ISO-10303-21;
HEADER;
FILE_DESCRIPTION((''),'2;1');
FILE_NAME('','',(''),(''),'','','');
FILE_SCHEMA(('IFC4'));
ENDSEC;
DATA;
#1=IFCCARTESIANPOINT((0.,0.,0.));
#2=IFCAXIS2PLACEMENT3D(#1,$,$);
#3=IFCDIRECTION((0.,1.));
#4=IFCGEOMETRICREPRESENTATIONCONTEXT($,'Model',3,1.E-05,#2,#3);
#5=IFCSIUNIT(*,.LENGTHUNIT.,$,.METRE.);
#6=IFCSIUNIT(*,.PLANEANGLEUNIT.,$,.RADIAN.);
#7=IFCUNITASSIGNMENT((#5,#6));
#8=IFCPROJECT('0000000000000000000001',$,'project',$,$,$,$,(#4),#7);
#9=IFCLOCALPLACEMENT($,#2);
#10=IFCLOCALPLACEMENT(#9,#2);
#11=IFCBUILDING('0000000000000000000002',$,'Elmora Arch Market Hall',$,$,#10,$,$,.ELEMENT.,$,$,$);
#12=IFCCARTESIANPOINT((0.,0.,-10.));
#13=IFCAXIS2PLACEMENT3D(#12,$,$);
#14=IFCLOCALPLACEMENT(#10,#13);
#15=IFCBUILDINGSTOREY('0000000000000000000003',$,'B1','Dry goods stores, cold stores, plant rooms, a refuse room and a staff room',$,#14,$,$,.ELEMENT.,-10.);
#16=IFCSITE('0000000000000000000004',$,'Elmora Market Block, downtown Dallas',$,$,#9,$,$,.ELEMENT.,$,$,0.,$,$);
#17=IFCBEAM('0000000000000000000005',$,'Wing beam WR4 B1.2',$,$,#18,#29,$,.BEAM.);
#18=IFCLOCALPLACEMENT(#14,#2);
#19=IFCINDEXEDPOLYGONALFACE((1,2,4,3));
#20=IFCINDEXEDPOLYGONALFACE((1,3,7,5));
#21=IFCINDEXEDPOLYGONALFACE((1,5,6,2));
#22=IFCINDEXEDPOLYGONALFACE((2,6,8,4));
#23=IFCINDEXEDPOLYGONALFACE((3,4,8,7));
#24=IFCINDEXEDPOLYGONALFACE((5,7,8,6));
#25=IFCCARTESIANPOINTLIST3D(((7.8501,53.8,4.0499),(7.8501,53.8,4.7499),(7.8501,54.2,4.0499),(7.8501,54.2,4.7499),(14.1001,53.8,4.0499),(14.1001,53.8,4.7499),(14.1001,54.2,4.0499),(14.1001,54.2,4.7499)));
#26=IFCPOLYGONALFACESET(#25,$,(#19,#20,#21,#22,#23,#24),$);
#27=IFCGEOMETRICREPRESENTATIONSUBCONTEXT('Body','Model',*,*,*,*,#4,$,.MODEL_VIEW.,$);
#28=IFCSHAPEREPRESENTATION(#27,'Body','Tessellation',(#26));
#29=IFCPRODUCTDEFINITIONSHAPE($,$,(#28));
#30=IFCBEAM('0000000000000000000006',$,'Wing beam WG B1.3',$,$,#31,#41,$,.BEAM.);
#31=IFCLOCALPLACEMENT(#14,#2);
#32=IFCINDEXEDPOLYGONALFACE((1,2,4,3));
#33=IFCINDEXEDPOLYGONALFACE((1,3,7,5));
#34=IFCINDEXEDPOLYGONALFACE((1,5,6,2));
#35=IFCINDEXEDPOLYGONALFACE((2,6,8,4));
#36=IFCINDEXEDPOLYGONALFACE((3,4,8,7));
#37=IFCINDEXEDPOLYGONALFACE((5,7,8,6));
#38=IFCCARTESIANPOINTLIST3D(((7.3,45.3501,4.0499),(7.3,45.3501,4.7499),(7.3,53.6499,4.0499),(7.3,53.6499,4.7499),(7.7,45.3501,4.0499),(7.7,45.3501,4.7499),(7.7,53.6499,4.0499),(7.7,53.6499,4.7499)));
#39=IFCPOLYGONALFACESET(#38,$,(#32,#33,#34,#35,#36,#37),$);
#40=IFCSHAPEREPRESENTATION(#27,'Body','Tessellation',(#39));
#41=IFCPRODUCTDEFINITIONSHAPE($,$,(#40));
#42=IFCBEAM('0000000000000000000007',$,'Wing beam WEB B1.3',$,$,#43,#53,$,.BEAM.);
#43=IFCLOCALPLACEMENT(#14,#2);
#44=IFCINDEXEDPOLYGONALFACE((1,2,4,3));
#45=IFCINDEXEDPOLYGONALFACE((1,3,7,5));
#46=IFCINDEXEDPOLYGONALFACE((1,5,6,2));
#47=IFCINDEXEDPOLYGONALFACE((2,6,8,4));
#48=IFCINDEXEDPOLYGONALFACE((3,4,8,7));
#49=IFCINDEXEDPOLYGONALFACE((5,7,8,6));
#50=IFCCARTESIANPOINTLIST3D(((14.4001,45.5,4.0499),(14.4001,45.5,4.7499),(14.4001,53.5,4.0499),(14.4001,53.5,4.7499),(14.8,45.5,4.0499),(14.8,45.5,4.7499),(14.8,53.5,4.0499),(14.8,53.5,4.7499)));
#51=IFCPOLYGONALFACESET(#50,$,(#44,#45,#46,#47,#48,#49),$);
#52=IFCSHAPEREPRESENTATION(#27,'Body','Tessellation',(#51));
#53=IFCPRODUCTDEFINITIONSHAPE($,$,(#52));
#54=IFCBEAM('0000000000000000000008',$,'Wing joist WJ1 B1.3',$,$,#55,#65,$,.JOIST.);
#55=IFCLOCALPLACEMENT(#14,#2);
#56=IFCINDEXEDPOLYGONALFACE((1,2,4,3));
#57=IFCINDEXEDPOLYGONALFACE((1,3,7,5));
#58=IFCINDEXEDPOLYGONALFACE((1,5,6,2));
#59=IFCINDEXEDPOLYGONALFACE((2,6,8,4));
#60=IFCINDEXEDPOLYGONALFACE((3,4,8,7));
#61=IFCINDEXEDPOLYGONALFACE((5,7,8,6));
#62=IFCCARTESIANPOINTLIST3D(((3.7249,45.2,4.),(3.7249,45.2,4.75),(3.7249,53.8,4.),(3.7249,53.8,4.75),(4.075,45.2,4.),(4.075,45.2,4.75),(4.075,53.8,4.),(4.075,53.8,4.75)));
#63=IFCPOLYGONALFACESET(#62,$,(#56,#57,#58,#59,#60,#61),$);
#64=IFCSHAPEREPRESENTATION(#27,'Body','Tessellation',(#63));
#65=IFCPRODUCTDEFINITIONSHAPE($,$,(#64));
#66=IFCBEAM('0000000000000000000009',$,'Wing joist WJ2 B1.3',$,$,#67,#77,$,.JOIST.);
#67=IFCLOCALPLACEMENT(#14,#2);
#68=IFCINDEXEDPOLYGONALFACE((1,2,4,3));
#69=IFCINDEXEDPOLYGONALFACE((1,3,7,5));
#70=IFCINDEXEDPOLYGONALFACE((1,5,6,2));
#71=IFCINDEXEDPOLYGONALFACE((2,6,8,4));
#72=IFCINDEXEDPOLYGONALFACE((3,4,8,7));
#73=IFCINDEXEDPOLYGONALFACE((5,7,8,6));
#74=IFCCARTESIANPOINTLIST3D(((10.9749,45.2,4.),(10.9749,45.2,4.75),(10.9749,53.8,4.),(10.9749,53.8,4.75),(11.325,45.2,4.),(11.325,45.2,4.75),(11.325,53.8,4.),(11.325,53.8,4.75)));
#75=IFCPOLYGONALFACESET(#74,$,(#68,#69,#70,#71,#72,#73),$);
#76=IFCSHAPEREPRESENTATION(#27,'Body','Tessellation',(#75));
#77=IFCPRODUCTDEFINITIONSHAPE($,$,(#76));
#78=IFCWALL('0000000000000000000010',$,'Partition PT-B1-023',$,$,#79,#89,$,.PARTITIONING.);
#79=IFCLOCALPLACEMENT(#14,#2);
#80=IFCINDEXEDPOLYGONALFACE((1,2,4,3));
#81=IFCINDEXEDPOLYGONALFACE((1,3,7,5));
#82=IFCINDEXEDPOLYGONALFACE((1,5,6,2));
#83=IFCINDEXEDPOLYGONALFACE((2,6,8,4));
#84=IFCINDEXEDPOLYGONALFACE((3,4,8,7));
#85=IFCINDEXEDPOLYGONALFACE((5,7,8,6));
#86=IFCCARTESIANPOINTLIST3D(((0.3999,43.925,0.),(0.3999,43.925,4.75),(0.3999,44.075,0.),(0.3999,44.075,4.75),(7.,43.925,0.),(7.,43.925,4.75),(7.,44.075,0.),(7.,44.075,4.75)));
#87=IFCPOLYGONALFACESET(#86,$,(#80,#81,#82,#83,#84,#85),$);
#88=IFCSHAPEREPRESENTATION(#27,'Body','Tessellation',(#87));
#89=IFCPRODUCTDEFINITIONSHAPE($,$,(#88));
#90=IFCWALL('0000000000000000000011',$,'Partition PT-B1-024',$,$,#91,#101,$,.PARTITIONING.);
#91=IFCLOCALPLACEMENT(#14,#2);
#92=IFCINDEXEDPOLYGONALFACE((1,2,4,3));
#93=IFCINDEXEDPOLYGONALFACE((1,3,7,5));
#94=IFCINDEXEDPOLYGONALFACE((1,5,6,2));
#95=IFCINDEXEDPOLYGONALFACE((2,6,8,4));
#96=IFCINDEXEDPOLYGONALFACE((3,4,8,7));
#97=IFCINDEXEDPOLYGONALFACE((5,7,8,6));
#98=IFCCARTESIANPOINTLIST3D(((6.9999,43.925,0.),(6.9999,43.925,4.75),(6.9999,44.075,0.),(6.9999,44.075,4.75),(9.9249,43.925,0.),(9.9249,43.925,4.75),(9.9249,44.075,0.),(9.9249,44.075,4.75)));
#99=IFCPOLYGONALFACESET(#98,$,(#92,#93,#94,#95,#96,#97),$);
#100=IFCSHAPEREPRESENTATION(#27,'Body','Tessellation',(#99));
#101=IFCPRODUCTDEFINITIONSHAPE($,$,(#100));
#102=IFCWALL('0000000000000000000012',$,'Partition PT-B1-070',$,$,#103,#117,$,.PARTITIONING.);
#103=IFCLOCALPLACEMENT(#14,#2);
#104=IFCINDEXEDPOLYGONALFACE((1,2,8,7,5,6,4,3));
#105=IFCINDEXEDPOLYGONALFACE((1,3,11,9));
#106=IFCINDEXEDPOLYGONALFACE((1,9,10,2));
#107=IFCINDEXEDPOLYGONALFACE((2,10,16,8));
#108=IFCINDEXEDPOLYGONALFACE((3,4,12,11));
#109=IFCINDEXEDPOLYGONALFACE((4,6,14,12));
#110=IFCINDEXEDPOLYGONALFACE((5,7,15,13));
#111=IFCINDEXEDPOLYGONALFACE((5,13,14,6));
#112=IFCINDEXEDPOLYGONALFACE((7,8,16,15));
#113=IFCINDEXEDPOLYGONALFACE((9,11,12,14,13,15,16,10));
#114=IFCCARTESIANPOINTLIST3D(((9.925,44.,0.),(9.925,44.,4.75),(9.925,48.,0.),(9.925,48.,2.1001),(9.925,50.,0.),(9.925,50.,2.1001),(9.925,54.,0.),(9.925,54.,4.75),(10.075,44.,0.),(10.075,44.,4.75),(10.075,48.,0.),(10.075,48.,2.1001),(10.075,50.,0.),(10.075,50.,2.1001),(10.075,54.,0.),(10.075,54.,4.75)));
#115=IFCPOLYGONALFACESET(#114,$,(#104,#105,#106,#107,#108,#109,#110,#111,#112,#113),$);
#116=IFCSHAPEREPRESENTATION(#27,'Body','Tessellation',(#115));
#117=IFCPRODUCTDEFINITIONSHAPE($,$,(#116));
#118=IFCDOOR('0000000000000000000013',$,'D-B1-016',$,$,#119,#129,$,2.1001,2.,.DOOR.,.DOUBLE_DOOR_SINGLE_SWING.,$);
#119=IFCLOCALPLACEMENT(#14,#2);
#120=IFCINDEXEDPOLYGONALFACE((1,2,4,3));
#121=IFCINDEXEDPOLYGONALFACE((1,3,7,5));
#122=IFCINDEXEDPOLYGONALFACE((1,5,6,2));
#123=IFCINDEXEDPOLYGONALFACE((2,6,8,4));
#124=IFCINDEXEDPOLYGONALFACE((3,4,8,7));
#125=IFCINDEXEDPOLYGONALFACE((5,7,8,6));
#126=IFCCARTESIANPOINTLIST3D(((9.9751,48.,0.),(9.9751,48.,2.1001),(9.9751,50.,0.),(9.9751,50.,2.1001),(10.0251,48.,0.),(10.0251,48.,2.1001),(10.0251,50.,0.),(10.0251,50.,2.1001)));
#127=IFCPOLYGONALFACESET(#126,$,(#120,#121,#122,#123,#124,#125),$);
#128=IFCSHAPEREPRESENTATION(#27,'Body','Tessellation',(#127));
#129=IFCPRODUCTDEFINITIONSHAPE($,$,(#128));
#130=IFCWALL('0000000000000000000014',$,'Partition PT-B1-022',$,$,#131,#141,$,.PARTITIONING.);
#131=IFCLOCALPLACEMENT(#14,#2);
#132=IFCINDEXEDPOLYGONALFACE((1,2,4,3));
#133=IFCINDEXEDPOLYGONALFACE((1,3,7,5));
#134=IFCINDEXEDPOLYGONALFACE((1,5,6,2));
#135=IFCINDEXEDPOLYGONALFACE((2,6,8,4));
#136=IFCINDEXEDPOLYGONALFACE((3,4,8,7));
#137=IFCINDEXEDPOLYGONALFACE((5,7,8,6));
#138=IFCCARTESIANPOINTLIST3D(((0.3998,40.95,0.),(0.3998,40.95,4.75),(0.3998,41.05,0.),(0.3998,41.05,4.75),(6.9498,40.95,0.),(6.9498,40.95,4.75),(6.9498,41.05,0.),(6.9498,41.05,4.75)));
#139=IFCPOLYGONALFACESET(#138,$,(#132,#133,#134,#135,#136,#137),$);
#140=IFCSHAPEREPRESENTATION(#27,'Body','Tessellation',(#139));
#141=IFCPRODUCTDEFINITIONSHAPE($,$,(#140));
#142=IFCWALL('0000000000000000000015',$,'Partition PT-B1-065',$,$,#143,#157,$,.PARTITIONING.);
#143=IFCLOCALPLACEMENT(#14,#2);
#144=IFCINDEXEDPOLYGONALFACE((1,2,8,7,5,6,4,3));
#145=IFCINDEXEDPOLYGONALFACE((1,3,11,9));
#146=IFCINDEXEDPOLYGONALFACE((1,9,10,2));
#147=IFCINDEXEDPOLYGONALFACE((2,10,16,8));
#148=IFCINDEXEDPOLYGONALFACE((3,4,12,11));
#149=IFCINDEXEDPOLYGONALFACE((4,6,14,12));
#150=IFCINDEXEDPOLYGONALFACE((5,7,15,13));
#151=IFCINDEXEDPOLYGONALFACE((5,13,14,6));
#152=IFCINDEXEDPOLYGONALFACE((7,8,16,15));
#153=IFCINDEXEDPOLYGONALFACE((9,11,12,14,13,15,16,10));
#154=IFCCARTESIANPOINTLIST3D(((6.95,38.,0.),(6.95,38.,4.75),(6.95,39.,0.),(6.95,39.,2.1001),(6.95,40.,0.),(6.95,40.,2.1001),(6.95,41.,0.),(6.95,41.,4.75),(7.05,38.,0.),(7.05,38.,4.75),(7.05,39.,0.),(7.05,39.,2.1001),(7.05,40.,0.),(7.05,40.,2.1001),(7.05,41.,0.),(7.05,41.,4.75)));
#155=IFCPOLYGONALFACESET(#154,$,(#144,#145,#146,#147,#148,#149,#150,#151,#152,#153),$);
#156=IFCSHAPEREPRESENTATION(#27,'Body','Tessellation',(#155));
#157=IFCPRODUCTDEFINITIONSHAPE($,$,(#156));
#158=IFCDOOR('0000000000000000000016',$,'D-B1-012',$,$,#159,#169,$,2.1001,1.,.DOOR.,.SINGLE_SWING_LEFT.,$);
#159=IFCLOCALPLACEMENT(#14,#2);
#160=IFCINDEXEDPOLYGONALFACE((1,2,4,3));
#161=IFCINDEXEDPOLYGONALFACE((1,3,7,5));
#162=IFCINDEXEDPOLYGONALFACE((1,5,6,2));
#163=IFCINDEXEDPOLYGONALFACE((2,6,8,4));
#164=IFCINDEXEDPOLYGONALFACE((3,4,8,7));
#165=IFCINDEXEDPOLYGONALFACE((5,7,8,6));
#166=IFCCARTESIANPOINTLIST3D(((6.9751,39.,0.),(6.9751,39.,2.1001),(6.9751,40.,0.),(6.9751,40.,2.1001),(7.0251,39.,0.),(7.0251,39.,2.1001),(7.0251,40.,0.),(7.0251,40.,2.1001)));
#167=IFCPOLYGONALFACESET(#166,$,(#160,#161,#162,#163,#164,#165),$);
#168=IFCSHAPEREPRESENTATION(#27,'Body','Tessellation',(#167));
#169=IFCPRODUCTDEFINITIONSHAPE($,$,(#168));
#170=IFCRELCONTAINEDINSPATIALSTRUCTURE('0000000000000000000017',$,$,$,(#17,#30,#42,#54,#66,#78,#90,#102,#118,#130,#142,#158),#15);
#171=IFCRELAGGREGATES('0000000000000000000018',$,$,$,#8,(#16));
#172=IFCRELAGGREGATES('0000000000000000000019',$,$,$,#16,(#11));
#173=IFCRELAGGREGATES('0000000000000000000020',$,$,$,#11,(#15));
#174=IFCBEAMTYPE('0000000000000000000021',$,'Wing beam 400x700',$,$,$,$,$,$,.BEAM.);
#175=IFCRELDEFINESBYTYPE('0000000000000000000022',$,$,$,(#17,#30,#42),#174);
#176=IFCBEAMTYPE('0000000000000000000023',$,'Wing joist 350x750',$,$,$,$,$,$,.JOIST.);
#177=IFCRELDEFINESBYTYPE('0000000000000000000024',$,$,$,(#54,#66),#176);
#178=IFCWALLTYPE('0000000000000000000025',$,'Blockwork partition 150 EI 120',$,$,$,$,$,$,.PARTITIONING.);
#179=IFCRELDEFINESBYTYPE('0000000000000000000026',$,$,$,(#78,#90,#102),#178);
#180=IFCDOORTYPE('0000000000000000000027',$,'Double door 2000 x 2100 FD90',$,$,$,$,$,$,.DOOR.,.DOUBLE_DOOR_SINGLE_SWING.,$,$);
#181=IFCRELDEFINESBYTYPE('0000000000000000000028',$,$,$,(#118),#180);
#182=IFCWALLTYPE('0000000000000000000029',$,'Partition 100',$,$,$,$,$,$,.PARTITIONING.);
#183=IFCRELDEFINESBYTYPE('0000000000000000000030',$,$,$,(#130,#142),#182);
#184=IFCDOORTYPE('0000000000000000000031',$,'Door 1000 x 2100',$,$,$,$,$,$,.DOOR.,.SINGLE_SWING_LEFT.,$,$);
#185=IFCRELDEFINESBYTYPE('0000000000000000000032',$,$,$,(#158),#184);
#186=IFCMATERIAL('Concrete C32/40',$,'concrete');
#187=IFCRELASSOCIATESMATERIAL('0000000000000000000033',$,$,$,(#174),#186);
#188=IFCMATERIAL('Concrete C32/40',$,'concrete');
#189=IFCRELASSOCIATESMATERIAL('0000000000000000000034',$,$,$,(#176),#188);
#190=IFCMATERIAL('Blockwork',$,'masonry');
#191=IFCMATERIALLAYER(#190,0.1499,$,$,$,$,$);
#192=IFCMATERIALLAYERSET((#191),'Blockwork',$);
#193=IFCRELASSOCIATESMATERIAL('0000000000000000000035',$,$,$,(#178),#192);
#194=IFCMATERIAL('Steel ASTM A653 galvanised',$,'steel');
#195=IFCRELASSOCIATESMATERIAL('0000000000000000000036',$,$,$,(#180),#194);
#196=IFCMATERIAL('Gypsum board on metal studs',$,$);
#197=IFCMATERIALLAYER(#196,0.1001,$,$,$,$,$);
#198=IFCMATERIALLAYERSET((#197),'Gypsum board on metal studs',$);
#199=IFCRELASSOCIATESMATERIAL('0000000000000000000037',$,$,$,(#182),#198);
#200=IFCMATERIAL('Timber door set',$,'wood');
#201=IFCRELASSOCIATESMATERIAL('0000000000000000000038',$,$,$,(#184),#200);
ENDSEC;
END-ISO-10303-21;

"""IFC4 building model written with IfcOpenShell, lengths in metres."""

from ifc_helpers import new_model, si_unit, direction, frame, frame_2d, origin, origin_2d, place, context, subcontext, project, spatial, rectangle, extrude, material, layer, layer_set, material_profile, profile_set, type_object, element, fill, save


model = new_model("IFC4")

# Units and contexts
model_context = context("Model", 3, precision=1e-05, world=origin(), true_north=direction((0.0, 1.0)))
body_context = subcontext(model_context, "Body", "Model", "MODEL_VIEW")
ifc_project = project(units=[si_unit("LENGTHUNIT", "METRE"), si_unit("PLANEANGLEUNIT", "RADIAN")], contexts=[model_context])

# Site, building, storey
site_placement = place(None, origin())
site = spatial("IfcSite", under=ifc_project, at=site_placement, Name="Elmora Market Block, downtown Dallas", CompositionType="ELEMENT", RefElevation=0.0)
building_placement = place(site_placement, origin())
building = spatial("IfcBuilding", under=site, at=building_placement, Name="Elmora Arch Market Hall", CompositionType="ELEMENT")
storey_placement = place(building_placement, frame((0.0, 0.0, -10.0)))
storey = spatial("IfcBuildingStorey", under=building, at=storey_placement, Name="B1", Description="Dry goods stores, cold stores, plant rooms, a refuse room and a staff room", CompositionType="ELEMENT", Elevation=-10.0)

# Beams
ifc_material_1 = material(Name="Concrete C32/40", Category="concrete")
ifc_material_profile_1 = material_profile(ifc_material_1, rectangle(XDim=0.3999, YDim=0.7, at=origin_2d()), Name="Wing beam 400x700")
ifc_profile_set_1 = profile_set([ifc_material_profile_1], Name="Concrete C32/40")
beam_type_1 = type_object("IfcBeamType", Name="Wing beam 400x700", PredefinedType="BEAM", material=ifc_profile_set_1)
beam_1_placement = place(storey_placement, frame((7.8501, 54.0, 4.3999), z_axis=(1.0, 0.0, 0.0), x_axis=(0.0, 1.0, 0.0)))
element("IfcBeam", 1, at=beam_1_placement, inside=storey, type_object=beam_type_1, Name="Wing beam WR4 B1.2", PredefinedType="BEAM", context=body_context, shape_type="SweptSolid", body=[
    extrude(rectangle(XDim=0.3999, YDim=0.7, at=origin_2d()), origin(), (0.0, 0.0, 1.0), 6.25),
])
beam_2_placement = place(storey_placement, frame((7.5, 45.3501, 4.3999), z_axis=(0.0, 1.0, 0.0), x_axis=(-1.0, 0.0, 0.0)))
element("IfcBeam", 2, at=beam_2_placement, inside=storey, type_object=beam_type_1, Name="Wing beam WG B1.3", PredefinedType="BEAM", context=body_context, shape_type="SweptSolid", body=[
    extrude(rectangle(XDim=0.3999, YDim=0.7, at=origin_2d()), origin(), (0.0, 0.0, 1.0), 8.2998),
])
beam_3_placement = place(storey_placement, frame((14.6001, 45.5, 4.3999), z_axis=(0.0, 1.0, 0.0), x_axis=(-1.0, 0.0, 0.0)))
element("IfcBeam", 3, at=beam_3_placement, inside=storey, type_object=beam_type_1, Name="Wing beam WEB B1.3", PredefinedType="BEAM", context=body_context, shape_type="SweptSolid", body=[
    extrude(rectangle(XDim=0.3999, YDim=0.7, at=origin_2d()), origin(), (0.0, 0.0, 1.0), 8.0),
])
ifc_material_2 = material(Name="Concrete C32/40", Category="concrete")
ifc_material_profile_2 = material_profile(ifc_material_2, rectangle(XDim=0.3501, YDim=0.75, at=origin_2d()), Name="Wing joist 350x750")
ifc_profile_set_2 = profile_set([ifc_material_profile_2], Name="Concrete C32/40")
beam_type_2 = type_object("IfcBeamType", Name="Wing joist 350x750", PredefinedType="JOIST", material=ifc_profile_set_2)
for number, where, z_axis, x_axis, name in (
    (4, (3.8999, 45.2, 4.375), (0.0, 1.0, 0.0), (-1.0, 0.0, 0.0), "Wing joist WJ1 B1.3"),
    (5, (11.1499, 45.2, 4.375), (0.0, 1.0, 0.0), (-1.0, 0.0, 0.0), "Wing joist WJ2 B1.3"),
):
    element("IfcBeam", number, at=place(storey_placement, frame(where, z_axis=z_axis, x_axis=x_axis)), inside=storey, type_object=beam_type_2, Name=name, PredefinedType="JOIST", context=body_context, shape_type="SweptSolid", body=[
        extrude(rectangle(XDim=0.3501, YDim=0.75, at=origin_2d()), origin(), (0.0, 0.0, 1.0), 8.6001),
    ])

# Walls
ifc_material_3 = material(Name="Blockwork", Category="masonry")
ifc_layer_1 = layer(ifc_material_3, 0.1499)
ifc_layer_set_1 = layer_set([ifc_layer_1], Name="Blockwork")
wall_type_1 = type_object("IfcWallType", Name="Blockwork partition 150 EI 120", PredefinedType="PARTITIONING", material=ifc_layer_set_1)
wall_1_placement = place(storey_placement, frame((0.3999, 44.0, 0.0), z_axis=(0.0, 0.0, 1.0), x_axis=(1.0, 0.0, 0.0)))
element("IfcWall", 6, at=wall_1_placement, inside=storey, type_object=wall_type_1, Name="Partition PT-B1-023", PredefinedType="PARTITIONING", context=body_context, shape_type="SweptSolid", body=[
    extrude(rectangle(XDim=6.6001, YDim=0.1499, at=frame_2d((3.3, 0.0))), origin(), (0.0, 0.0, 1.0), 4.75),
])
wall_2_placement = place(storey_placement, frame((7.0, 44.0, 0.0), z_axis=(0.0, 0.0, 1.0), x_axis=(1.0, 0.0, 0.0)))
element("IfcWall", 7, at=wall_2_placement, inside=storey, type_object=wall_type_1, Name="Partition PT-B1-024", PredefinedType="PARTITIONING", context=body_context, shape_type="SweptSolid", body=[
    extrude(rectangle(XDim=2.925, YDim=0.1499, at=frame_2d((1.4624, 0.0))), origin(), (0.0, 0.0, 1.0), 4.75),
])

# Wall, opening, door
wall_3_placement = place(storey_placement, frame((10.0, 44.0, 0.0), z_axis=(0.0, 0.0, 1.0), x_axis=(0.0, 1.0, 0.0)))
wall_3 = element("IfcWall", 8, at=wall_3_placement, inside=storey, type_object=wall_type_1, Name="Partition PT-B1-070", PredefinedType="PARTITIONING", context=body_context, shape_type="SweptSolid", body=[
    extrude(rectangle(XDim=10.0, YDim=0.1499, at=frame_2d((5.0, 0.0))), origin(), (0.0, 0.0, 1.0), 4.75),
])
opening_1_placement = place(wall_3_placement, frame((4.0, 0.0, 0.0)))
opening_1 = element("IfcOpeningElement", 9, at=opening_1_placement, cuts=wall_3, PredefinedType="OPENING", context=body_context, shape_type="SweptSolid", body=[
    extrude(rectangle(XDim=2.0, YDim=2.1001, at=frame_2d((1.0, 1.05))), frame((0.0, 0.085, 0.0), z_axis=(0.0, -1.0, 0.0), x_axis=(1.0, 0.0, 0.0)), (0.0, 0.0, 1.0), 0.1699),
])
ifc_material_4 = material(Name="Steel ASTM A653 galvanised", Category="steel")
door_type_1 = type_object("IfcDoorType", Name="Double door 2000 x 2100 FD90", OperationType="DOUBLE_DOOR_SINGLE_SWING", PredefinedType="DOOR", material=ifc_material_4)
door_1_placement = place(opening_1_placement, origin())
door_1 = element("IfcDoor", 10, at=door_1_placement, inside=storey, type_object=door_type_1, Name="D-B1-016", OperationType="DOUBLE_DOOR_SINGLE_SWING", OverallHeight=2.1001, OverallWidth=2.0, PredefinedType="DOOR", context=body_context, shape_type="SweptSolid", body=[
    extrude(rectangle(XDim=2.0, YDim=2.1001, at=frame_2d((1.0, 1.05))), frame((0.0, 0.0249, 0.0), z_axis=(0.0, -1.0, 0.0), x_axis=(1.0, 0.0, 0.0)), (0.0, 0.0, 1.0), 0.05),
])
fill(opening_1, door_1)

# Wall
ifc_material_5 = material(Name="Gypsum board on metal studs")
ifc_layer_2 = layer(ifc_material_5, 0.1001)
ifc_layer_set_2 = layer_set([ifc_layer_2], Name="Gypsum board on metal studs")
wall_type_2 = type_object("IfcWallType", Name="Partition 100", PredefinedType="PARTITIONING", material=ifc_layer_set_2)
wall_4_placement = place(storey_placement, frame((0.3999, 41.0, 0.0), z_axis=(0.0, 0.0, 1.0), x_axis=(1.0, 0.0, 0.0)))
element("IfcWall", 11, at=wall_4_placement, inside=storey, type_object=wall_type_2, Name="Partition PT-B1-022", PredefinedType="PARTITIONING", context=body_context, shape_type="SweptSolid", body=[
    extrude(rectangle(XDim=6.55, YDim=0.1001, at=frame_2d((3.2749, 0.0))), origin(), (0.0, 0.0, 1.0), 4.75),
])

# Wall, opening, door
wall_5_placement = place(storey_placement, frame((7.0, 38.0, 0.0), z_axis=(0.0, 0.0, 1.0), x_axis=(0.0, 1.0, 0.0)))
wall_5 = element("IfcWall", 12, at=wall_5_placement, inside=storey, type_object=wall_type_2, Name="Partition PT-B1-065", PredefinedType="PARTITIONING", context=body_context, shape_type="SweptSolid", body=[
    extrude(rectangle(XDim=3.0, YDim=0.1001, at=frame_2d((1.5, 0.0))), origin(), (0.0, 0.0, 1.0), 4.75),
])
opening_2_placement = place(wall_5_placement, frame((1.0, 0.0, 0.0)))
opening_2 = element("IfcOpeningElement", 13, at=opening_2_placement, cuts=wall_5, PredefinedType="OPENING", context=body_context, shape_type="SweptSolid", body=[
    extrude(rectangle(XDim=1.0, YDim=2.1001, at=frame_2d((0.5, 1.05))), frame((0.0, 0.0601, 0.0), z_axis=(0.0, -1.0, 0.0), x_axis=(1.0, 0.0, 0.0)), (0.0, 0.0, 1.0), 0.1201),
])
ifc_material_6 = material(Name="Timber door set", Category="wood")
door_type_2 = type_object("IfcDoorType", Name="Door 1000 x 2100", OperationType="SINGLE_SWING_LEFT", PredefinedType="DOOR", material=ifc_material_6)
door_2_placement = place(opening_2_placement, origin())
door_2 = element("IfcDoor", 14, at=door_2_placement, inside=storey, type_object=door_type_2, Name="D-B1-012", OperationType="SINGLE_SWING_LEFT", OverallHeight=2.1001, OverallWidth=1.0, PredefinedType="DOOR", context=body_context, shape_type="SweptSolid", body=[
    extrude(rectangle(XDim=1.0, YDim=2.1001, at=frame_2d((0.5, 1.05))), frame((0.0, 0.0249, 0.0), z_axis=(0.0, -1.0, 0.0), x_axis=(1.0, 0.0, 0.0)), (0.0, 0.0, 1.0), 0.05),
])
fill(opening_2, door_2)

save(model, "model.ifc")
